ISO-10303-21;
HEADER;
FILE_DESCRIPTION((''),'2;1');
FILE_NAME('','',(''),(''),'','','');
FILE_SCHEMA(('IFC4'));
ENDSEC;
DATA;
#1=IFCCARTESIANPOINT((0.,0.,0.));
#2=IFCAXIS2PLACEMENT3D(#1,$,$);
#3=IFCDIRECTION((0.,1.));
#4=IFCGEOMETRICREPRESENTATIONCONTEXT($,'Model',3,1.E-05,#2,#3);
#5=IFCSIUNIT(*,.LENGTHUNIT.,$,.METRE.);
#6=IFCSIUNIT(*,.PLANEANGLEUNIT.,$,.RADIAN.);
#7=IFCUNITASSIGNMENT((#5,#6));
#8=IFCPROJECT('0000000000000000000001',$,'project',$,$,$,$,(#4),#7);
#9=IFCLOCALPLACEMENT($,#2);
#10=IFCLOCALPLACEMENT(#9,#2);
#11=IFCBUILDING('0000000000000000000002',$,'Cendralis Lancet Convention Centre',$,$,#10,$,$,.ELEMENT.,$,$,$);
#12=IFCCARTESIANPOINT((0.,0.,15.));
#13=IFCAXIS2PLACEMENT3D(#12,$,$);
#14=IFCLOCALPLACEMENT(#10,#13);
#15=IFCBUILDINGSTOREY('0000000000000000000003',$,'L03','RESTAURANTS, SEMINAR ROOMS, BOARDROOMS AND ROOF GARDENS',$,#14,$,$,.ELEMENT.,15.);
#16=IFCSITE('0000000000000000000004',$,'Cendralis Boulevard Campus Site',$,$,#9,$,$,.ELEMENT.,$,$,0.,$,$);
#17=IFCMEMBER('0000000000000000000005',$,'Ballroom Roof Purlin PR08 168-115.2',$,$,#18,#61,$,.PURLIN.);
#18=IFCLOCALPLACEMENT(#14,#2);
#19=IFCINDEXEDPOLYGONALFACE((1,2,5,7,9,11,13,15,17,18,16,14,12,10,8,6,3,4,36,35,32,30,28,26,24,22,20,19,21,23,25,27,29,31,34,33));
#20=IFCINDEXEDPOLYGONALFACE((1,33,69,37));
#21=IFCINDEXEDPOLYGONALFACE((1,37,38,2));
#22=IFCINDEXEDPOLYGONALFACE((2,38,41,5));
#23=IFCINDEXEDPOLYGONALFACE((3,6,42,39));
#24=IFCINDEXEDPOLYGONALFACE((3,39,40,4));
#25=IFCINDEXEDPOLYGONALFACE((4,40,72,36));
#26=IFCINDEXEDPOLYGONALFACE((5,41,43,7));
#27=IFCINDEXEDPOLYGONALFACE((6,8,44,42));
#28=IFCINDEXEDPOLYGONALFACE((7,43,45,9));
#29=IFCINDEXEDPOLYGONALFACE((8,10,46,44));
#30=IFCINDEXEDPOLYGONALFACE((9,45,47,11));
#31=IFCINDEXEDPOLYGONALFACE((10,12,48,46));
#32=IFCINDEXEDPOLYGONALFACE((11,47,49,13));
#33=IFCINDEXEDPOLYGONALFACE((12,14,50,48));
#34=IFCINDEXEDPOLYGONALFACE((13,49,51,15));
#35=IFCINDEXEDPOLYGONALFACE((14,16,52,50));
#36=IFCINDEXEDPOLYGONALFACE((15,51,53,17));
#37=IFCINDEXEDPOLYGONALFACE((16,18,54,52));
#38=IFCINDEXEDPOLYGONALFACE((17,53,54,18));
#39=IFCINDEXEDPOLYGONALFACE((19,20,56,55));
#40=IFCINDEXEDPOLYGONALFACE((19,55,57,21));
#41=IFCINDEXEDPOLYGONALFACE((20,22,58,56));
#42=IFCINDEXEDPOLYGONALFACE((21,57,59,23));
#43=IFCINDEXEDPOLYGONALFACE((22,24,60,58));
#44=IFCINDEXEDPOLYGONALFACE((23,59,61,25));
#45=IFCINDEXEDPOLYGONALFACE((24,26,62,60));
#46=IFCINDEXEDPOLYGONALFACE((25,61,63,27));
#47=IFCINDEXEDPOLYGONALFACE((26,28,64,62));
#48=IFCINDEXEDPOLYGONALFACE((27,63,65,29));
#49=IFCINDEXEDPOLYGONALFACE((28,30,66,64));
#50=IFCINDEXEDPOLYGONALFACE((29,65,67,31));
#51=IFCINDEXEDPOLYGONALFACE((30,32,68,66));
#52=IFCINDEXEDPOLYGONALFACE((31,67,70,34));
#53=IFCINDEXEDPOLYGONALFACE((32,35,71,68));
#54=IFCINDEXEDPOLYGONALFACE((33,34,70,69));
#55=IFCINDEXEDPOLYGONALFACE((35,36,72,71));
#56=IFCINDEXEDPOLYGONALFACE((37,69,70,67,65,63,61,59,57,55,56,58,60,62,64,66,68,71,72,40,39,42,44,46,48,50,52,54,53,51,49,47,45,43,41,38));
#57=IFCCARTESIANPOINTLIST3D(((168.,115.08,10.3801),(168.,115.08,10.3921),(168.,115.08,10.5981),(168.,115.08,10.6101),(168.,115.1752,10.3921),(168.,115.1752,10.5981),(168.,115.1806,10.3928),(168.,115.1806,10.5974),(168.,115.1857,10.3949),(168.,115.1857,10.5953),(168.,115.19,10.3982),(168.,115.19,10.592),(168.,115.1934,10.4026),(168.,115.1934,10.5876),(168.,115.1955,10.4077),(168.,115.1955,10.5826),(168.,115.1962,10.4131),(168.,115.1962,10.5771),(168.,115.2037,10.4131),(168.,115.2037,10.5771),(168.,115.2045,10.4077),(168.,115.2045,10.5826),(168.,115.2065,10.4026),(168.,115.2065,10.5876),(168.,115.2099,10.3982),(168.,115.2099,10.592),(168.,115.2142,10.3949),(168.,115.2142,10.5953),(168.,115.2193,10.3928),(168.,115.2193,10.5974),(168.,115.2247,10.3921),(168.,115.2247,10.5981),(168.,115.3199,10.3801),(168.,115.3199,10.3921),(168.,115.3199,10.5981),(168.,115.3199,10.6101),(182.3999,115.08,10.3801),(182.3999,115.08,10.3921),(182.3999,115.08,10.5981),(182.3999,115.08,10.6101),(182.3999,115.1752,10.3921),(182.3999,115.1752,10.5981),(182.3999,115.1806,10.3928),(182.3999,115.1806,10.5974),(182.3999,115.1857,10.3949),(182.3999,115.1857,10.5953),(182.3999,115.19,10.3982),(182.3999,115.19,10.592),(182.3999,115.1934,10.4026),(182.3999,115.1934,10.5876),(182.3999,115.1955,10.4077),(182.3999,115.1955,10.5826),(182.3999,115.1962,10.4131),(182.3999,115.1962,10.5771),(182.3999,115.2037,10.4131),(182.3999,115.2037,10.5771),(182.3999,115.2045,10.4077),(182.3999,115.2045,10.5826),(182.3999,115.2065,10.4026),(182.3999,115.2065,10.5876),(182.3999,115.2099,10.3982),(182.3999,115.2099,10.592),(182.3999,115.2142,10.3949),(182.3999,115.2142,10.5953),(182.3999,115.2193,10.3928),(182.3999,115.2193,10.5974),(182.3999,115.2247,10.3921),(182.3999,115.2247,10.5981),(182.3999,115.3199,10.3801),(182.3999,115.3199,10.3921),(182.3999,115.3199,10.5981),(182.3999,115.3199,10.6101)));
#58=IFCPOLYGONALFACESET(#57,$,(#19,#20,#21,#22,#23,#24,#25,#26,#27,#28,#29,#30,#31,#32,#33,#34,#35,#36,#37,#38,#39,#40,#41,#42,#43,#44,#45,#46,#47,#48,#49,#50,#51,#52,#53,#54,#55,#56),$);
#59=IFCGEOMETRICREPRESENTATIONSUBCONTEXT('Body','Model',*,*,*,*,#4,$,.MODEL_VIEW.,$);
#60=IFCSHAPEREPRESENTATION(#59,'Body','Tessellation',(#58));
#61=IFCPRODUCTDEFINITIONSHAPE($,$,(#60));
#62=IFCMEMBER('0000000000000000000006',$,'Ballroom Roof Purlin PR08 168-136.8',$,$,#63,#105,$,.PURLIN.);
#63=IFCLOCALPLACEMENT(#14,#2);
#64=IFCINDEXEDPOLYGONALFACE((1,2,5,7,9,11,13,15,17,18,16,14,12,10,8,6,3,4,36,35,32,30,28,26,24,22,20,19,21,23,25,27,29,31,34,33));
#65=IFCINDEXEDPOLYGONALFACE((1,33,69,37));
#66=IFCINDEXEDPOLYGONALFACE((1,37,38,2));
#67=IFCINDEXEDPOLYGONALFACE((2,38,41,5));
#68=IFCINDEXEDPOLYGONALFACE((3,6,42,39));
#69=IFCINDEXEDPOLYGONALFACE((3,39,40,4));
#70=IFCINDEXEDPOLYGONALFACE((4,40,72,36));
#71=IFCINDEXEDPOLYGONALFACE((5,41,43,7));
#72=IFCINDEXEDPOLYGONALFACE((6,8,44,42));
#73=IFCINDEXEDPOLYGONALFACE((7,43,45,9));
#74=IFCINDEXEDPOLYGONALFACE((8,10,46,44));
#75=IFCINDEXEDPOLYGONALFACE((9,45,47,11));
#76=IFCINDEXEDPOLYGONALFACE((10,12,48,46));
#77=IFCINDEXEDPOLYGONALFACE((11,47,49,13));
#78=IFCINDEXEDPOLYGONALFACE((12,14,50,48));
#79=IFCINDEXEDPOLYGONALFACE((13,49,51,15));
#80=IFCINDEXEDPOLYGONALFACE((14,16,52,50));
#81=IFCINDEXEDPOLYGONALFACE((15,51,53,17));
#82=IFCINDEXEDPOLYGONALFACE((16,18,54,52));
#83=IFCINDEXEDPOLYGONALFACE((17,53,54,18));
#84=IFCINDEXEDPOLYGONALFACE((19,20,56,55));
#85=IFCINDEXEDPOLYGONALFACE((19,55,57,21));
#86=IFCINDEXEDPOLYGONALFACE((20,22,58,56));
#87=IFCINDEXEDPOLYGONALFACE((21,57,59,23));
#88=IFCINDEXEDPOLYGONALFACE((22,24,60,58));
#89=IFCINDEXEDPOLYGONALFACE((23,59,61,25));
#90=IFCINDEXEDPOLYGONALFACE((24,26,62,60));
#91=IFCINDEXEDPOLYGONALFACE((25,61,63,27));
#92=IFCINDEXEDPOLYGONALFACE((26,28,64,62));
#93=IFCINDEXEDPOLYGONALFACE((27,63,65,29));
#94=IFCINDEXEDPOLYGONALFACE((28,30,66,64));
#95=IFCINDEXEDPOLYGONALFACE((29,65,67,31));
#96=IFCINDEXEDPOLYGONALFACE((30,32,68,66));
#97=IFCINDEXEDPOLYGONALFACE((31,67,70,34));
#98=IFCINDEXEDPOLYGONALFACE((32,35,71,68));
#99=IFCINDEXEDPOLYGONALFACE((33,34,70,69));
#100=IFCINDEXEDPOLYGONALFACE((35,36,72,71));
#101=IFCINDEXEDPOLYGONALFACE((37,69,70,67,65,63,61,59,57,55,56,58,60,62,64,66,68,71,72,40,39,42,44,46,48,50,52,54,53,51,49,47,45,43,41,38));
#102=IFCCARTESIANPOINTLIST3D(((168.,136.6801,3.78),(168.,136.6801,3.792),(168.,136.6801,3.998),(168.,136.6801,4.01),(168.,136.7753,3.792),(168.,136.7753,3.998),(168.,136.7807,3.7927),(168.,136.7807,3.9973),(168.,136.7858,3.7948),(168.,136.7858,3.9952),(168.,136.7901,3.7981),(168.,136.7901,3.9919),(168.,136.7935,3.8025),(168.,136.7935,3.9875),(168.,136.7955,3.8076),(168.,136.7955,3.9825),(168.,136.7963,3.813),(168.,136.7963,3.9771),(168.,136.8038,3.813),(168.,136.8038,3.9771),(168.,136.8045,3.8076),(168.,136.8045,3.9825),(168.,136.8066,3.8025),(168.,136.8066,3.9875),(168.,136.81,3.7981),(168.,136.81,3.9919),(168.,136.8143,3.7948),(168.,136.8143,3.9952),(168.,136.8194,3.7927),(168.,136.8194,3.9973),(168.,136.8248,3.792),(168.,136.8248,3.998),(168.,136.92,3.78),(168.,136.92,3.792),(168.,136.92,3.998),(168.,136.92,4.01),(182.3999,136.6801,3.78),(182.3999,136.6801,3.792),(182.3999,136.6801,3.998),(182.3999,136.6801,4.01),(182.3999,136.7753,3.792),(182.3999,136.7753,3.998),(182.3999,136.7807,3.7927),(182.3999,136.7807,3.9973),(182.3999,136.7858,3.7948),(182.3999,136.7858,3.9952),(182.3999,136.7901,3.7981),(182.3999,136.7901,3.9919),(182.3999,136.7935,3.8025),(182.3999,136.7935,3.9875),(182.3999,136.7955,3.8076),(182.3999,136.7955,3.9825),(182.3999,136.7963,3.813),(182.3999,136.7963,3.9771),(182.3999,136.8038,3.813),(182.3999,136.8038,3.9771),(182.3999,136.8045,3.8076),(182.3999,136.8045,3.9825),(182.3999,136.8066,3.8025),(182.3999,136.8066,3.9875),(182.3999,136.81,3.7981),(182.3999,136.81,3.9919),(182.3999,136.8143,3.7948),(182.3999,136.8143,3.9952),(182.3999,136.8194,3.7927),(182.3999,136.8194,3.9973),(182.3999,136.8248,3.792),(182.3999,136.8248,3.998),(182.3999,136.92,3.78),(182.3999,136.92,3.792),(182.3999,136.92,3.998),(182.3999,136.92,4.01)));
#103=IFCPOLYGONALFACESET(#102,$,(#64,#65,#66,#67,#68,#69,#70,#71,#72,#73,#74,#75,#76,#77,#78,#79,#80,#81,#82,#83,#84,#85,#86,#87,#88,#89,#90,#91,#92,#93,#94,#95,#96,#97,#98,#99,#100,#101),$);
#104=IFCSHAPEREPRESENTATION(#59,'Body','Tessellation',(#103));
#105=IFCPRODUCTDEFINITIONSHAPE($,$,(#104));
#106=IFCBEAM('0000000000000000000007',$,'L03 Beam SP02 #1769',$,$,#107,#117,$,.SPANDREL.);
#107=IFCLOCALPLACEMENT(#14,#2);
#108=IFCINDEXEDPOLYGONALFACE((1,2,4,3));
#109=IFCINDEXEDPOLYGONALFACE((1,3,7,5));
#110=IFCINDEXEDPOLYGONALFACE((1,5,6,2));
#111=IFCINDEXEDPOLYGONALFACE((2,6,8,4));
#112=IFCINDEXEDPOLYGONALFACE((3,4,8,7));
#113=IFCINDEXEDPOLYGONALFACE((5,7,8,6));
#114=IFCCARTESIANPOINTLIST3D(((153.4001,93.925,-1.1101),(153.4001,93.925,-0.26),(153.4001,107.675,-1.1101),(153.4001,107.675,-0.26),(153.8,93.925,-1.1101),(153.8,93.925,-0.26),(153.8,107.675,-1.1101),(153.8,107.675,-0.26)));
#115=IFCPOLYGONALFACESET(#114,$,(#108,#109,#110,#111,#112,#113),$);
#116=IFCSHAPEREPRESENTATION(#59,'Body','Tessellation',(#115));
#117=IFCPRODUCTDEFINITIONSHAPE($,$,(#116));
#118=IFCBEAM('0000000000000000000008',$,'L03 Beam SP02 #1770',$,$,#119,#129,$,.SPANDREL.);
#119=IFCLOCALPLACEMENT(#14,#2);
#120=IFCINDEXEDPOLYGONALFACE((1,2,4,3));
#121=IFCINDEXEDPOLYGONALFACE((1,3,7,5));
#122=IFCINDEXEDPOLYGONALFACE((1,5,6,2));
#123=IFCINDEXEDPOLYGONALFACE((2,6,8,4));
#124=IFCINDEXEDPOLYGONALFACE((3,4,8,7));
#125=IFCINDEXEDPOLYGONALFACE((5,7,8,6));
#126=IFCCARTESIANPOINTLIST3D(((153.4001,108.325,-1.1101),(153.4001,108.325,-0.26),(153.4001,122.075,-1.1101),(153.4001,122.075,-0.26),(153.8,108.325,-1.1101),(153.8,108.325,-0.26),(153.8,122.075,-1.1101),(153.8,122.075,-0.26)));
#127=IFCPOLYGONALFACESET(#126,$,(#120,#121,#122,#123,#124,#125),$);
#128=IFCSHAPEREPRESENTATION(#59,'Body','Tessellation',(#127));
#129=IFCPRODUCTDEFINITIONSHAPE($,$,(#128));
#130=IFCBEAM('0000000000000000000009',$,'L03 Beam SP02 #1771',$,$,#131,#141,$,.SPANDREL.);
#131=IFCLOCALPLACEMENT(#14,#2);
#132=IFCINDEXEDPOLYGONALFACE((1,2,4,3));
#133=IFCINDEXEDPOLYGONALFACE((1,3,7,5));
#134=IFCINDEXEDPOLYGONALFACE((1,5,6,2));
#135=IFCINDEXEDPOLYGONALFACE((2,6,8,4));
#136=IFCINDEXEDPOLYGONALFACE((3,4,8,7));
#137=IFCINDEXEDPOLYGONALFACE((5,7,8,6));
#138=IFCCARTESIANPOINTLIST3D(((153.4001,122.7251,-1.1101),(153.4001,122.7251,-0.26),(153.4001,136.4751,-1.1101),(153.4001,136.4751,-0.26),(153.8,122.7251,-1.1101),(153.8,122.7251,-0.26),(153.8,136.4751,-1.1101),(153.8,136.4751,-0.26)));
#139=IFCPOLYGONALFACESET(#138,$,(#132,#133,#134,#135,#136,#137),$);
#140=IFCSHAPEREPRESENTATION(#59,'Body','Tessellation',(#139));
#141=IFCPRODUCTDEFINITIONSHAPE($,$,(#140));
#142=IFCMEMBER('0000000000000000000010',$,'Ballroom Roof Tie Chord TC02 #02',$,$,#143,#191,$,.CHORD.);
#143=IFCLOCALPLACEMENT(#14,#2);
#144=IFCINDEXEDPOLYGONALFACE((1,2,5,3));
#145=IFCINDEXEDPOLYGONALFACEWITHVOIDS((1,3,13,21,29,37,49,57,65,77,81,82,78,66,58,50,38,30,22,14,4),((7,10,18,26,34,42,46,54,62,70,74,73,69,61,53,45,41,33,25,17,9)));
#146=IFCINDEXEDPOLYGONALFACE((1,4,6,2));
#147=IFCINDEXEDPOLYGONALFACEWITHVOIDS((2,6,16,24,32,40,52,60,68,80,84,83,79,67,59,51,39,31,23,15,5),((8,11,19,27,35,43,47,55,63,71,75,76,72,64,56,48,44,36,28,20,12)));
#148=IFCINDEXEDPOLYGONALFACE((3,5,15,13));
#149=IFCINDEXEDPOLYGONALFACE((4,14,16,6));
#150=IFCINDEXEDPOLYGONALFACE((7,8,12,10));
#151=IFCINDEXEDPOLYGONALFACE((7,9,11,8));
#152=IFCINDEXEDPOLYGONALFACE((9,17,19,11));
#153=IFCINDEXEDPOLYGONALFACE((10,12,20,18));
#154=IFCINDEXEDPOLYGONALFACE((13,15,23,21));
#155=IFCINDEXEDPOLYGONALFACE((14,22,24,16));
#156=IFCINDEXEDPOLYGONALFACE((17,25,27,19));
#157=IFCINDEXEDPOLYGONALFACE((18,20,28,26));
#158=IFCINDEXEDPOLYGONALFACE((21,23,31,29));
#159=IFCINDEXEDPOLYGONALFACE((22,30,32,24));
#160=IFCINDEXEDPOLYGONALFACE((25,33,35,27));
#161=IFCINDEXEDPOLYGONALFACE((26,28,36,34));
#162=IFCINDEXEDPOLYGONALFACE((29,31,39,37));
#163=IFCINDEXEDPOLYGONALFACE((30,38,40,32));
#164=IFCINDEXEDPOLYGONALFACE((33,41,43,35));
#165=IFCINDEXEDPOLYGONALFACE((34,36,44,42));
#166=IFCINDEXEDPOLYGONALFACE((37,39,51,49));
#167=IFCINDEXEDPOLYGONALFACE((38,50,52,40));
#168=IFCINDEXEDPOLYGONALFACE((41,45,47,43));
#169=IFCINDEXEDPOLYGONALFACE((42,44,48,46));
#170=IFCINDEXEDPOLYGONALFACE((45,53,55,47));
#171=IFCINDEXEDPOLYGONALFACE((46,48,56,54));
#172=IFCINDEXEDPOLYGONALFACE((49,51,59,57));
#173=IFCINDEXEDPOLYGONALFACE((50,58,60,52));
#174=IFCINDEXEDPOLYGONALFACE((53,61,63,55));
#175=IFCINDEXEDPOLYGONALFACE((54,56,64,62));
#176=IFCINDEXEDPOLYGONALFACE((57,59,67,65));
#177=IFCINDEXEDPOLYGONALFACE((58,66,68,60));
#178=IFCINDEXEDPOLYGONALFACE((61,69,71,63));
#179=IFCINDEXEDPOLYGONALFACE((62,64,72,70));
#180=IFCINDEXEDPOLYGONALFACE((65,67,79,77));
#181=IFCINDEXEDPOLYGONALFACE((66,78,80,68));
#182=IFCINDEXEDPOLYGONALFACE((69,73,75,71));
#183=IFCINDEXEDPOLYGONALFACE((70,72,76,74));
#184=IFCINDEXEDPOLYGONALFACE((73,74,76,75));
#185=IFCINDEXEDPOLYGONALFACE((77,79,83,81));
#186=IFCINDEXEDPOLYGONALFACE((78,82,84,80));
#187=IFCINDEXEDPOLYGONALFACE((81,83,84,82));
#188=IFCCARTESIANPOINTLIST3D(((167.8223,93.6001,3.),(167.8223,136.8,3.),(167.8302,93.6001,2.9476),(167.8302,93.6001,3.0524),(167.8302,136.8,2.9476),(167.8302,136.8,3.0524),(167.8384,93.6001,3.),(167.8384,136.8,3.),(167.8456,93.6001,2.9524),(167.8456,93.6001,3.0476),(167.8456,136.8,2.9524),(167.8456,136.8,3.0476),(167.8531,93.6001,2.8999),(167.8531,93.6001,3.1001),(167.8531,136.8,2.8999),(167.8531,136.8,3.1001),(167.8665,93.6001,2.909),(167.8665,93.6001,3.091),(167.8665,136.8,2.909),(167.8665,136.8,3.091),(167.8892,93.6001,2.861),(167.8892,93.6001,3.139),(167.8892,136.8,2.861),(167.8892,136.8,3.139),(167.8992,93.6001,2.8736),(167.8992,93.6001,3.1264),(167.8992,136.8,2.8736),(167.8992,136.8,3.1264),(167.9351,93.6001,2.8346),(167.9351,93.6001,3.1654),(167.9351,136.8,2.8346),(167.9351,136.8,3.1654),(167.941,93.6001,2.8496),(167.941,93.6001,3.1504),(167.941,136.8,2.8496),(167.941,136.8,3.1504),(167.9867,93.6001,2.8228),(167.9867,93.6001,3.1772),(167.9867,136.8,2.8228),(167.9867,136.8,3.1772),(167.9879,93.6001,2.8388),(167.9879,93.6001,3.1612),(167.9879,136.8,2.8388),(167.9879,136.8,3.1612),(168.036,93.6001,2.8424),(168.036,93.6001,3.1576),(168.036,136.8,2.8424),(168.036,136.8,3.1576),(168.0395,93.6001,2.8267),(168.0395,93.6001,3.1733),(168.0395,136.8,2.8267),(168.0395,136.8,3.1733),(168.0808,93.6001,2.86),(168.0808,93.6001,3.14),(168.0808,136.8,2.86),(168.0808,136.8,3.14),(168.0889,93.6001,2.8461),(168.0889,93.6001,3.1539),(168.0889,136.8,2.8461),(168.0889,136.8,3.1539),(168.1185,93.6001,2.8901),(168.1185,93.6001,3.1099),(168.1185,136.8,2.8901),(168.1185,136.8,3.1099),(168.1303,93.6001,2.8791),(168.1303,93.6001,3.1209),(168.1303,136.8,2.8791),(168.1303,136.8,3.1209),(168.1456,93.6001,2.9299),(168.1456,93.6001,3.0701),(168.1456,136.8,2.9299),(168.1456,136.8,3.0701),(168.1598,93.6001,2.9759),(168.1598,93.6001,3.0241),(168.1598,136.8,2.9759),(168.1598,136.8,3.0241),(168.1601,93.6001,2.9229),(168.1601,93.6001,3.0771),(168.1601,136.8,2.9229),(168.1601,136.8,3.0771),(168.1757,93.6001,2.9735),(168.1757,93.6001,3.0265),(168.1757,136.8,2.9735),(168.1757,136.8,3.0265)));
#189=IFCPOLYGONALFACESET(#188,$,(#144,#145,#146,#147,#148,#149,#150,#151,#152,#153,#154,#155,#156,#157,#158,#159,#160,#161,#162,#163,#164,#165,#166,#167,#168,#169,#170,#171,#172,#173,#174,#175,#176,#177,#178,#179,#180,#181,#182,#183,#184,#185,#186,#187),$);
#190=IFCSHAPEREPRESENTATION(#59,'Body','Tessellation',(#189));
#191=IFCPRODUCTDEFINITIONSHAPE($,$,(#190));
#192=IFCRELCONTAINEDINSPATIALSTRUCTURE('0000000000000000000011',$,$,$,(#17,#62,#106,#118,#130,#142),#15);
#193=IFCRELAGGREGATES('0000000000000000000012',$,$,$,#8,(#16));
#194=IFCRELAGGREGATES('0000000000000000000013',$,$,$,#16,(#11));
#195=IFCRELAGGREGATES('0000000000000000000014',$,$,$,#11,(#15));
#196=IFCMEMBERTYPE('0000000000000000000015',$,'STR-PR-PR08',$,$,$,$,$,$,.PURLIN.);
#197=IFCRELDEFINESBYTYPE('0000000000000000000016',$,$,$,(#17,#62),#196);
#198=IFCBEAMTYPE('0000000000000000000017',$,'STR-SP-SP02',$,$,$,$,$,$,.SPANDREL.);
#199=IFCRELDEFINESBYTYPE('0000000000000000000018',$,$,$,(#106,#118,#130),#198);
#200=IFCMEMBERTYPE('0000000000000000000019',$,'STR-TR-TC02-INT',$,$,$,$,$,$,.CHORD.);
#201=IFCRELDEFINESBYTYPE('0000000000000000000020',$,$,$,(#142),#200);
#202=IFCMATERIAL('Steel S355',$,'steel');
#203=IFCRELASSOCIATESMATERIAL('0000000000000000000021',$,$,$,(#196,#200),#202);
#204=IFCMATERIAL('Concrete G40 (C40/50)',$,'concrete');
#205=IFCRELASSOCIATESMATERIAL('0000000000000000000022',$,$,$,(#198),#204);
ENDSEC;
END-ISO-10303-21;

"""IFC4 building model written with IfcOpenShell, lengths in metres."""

from ifc_helpers import new_model, si_unit, direction, frame, origin, origin_2d, place, context, subcontext, project, spatial, rectangle, hollow_circle, i_section, extrude, material, material_profile, profile_set, type_object, element, save


model = new_model("IFC4")

# Units and contexts
model_context = context("Model", 3, precision=1e-05, world=origin(), true_north=direction((0.0, 1.0)))
body_context = subcontext(model_context, "Body", "Model", "MODEL_VIEW")
ifc_project = project(units=[si_unit("LENGTHUNIT", "METRE"), si_unit("PLANEANGLEUNIT", "RADIAN")], contexts=[model_context])

# Site, building, storey
site_placement = place(None, origin())
site = spatial("IfcSite", under=ifc_project, at=site_placement, Name="Cendralis Boulevard Campus Site", CompositionType="ELEMENT", RefElevation=0.0)
building_placement = place(site_placement, origin())
building = spatial("IfcBuilding", under=site, at=building_placement, Name="Cendralis Lancet Convention Centre", CompositionType="ELEMENT")
storey_placement = place(building_placement, frame((0.0, 0.0, 15.0)))
storey = spatial("IfcBuildingStorey", under=building, at=storey_placement, Name="L03", Description="RESTAURANTS, SEMINAR ROOMS, BOARDROOMS AND ROOF GARDENS", CompositionType="ELEMENT", Elevation=15.0)

# Shared definitions
ifc_material_1 = material(Name="Steel S355", Category="steel")

# Members
ifc_material_profile_1 = material_profile(ifc_material_1, i_section(OverallWidth=0.24, OverallDepth=0.23, WebThickness=0.0076, FlangeThickness=0.012, FilletRadius=0.021, at=origin_2d()), Name="HEA 240")
ifc_profile_set_1 = profile_set([ifc_material_profile_1], Name="Steel S355")
member_type_1 = type_object("IfcMemberType", Name="STR-PR-PR08", PredefinedType="PURLIN", material=ifc_profile_set_1)
for number, where, z_axis, x_axis, name in (
    (1, (168.0, 115.2, 10.4951), (1.0, 0.0, 0.0), (0.0, 1.0, 0.0), "Ballroom Roof Purlin PR08 168-115.2"),
    (2, (168.0, 136.8, 3.895), (1.0, 0.0, 0.0), (0.0, 1.0, 0.0), "Ballroom Roof Purlin PR08 168-136.8"),
):
    element("IfcMember", number, at=place(storey_placement, frame(where, z_axis=z_axis, x_axis=x_axis)), inside=storey, type_object=member_type_1, Name=name, PredefinedType="PURLIN", context=body_context, shape_type="SweptSolid", body=[
        extrude(i_section(OverallWidth=0.24, OverallDepth=0.23, WebThickness=0.0076, FlangeThickness=0.012, FilletRadius=0.021, at=origin_2d()), origin(), (0.0, 0.0, 1.0), 14.3999),
    ])

# Beams
ifc_material_2 = material(Name="Concrete G40 (C40/50)", Category="concrete")
ifc_material_profile_2 = material_profile(ifc_material_2, rectangle(XDim=0.3999, YDim=0.8501, at=origin_2d()), Name="RCB 400x850")
ifc_profile_set_2 = profile_set([ifc_material_profile_2], Name="Concrete G40 (C40/50)")
beam_type_1 = type_object("IfcBeamType", Name="STR-SP-SP02", PredefinedType="SPANDREL", material=ifc_profile_set_2)
for number, where, z_axis, x_axis, name in (
    (3, (153.6001, 93.925, -0.6851), (0.0, 1.0, 0.0), (-1.0, 0.0, 0.0), "L03 Beam SP02 #1769"),
    (4, (153.6001, 108.325, -0.6851), (0.0, 1.0, 0.0), (-1.0, 0.0, 0.0), "L03 Beam SP02 #1770"),
    (5, (153.6001, 122.7251, -0.6851), (0.0, 1.0, 0.0), (-1.0, 0.0, 0.0), "L03 Beam SP02 #1771"),
):
    element("IfcBeam", number, at=place(storey_placement, frame(where, z_axis=z_axis, x_axis=x_axis)), inside=storey, type_object=beam_type_1, Name=name, PredefinedType="SPANDREL", context=body_context, shape_type="SweptSolid", body=[
        extrude(rectangle(XDim=0.3999, YDim=0.8501, at=origin_2d()), origin(), (0.0, 0.0, 1.0), 13.75),
    ])

# Member
ifc_material_profile_3 = material_profile(ifc_material_1, hollow_circle(Radius=0.1777, WallThickness=0.0161, at=origin_2d()), Name="CHS 355.6x16.0")
ifc_profile_set_3 = profile_set([ifc_material_profile_3], Name="Steel S355")
member_type_2 = type_object("IfcMemberType", Name="STR-TR-TC02-INT", PredefinedType="CHORD", material=ifc_profile_set_3)
member_1_placement = place(storey_placement, frame((168.0, 93.6001, 3.0), z_axis=(0.0, 1.0, 0.0), x_axis=(-1.0, 0.0, 0.0)))
element("IfcMember", 6, at=member_1_placement, inside=storey, type_object=member_type_2, Name="Ballroom Roof Tie Chord TC02 #02", PredefinedType="CHORD", context=body_context, shape_type="SweptSolid", body=[
    extrude(hollow_circle(Radius=0.1777, WallThickness=0.0161, at=origin_2d()), origin(), (0.0, 0.0, 1.0), 43.2),
])

save(model, "model.ifc")
